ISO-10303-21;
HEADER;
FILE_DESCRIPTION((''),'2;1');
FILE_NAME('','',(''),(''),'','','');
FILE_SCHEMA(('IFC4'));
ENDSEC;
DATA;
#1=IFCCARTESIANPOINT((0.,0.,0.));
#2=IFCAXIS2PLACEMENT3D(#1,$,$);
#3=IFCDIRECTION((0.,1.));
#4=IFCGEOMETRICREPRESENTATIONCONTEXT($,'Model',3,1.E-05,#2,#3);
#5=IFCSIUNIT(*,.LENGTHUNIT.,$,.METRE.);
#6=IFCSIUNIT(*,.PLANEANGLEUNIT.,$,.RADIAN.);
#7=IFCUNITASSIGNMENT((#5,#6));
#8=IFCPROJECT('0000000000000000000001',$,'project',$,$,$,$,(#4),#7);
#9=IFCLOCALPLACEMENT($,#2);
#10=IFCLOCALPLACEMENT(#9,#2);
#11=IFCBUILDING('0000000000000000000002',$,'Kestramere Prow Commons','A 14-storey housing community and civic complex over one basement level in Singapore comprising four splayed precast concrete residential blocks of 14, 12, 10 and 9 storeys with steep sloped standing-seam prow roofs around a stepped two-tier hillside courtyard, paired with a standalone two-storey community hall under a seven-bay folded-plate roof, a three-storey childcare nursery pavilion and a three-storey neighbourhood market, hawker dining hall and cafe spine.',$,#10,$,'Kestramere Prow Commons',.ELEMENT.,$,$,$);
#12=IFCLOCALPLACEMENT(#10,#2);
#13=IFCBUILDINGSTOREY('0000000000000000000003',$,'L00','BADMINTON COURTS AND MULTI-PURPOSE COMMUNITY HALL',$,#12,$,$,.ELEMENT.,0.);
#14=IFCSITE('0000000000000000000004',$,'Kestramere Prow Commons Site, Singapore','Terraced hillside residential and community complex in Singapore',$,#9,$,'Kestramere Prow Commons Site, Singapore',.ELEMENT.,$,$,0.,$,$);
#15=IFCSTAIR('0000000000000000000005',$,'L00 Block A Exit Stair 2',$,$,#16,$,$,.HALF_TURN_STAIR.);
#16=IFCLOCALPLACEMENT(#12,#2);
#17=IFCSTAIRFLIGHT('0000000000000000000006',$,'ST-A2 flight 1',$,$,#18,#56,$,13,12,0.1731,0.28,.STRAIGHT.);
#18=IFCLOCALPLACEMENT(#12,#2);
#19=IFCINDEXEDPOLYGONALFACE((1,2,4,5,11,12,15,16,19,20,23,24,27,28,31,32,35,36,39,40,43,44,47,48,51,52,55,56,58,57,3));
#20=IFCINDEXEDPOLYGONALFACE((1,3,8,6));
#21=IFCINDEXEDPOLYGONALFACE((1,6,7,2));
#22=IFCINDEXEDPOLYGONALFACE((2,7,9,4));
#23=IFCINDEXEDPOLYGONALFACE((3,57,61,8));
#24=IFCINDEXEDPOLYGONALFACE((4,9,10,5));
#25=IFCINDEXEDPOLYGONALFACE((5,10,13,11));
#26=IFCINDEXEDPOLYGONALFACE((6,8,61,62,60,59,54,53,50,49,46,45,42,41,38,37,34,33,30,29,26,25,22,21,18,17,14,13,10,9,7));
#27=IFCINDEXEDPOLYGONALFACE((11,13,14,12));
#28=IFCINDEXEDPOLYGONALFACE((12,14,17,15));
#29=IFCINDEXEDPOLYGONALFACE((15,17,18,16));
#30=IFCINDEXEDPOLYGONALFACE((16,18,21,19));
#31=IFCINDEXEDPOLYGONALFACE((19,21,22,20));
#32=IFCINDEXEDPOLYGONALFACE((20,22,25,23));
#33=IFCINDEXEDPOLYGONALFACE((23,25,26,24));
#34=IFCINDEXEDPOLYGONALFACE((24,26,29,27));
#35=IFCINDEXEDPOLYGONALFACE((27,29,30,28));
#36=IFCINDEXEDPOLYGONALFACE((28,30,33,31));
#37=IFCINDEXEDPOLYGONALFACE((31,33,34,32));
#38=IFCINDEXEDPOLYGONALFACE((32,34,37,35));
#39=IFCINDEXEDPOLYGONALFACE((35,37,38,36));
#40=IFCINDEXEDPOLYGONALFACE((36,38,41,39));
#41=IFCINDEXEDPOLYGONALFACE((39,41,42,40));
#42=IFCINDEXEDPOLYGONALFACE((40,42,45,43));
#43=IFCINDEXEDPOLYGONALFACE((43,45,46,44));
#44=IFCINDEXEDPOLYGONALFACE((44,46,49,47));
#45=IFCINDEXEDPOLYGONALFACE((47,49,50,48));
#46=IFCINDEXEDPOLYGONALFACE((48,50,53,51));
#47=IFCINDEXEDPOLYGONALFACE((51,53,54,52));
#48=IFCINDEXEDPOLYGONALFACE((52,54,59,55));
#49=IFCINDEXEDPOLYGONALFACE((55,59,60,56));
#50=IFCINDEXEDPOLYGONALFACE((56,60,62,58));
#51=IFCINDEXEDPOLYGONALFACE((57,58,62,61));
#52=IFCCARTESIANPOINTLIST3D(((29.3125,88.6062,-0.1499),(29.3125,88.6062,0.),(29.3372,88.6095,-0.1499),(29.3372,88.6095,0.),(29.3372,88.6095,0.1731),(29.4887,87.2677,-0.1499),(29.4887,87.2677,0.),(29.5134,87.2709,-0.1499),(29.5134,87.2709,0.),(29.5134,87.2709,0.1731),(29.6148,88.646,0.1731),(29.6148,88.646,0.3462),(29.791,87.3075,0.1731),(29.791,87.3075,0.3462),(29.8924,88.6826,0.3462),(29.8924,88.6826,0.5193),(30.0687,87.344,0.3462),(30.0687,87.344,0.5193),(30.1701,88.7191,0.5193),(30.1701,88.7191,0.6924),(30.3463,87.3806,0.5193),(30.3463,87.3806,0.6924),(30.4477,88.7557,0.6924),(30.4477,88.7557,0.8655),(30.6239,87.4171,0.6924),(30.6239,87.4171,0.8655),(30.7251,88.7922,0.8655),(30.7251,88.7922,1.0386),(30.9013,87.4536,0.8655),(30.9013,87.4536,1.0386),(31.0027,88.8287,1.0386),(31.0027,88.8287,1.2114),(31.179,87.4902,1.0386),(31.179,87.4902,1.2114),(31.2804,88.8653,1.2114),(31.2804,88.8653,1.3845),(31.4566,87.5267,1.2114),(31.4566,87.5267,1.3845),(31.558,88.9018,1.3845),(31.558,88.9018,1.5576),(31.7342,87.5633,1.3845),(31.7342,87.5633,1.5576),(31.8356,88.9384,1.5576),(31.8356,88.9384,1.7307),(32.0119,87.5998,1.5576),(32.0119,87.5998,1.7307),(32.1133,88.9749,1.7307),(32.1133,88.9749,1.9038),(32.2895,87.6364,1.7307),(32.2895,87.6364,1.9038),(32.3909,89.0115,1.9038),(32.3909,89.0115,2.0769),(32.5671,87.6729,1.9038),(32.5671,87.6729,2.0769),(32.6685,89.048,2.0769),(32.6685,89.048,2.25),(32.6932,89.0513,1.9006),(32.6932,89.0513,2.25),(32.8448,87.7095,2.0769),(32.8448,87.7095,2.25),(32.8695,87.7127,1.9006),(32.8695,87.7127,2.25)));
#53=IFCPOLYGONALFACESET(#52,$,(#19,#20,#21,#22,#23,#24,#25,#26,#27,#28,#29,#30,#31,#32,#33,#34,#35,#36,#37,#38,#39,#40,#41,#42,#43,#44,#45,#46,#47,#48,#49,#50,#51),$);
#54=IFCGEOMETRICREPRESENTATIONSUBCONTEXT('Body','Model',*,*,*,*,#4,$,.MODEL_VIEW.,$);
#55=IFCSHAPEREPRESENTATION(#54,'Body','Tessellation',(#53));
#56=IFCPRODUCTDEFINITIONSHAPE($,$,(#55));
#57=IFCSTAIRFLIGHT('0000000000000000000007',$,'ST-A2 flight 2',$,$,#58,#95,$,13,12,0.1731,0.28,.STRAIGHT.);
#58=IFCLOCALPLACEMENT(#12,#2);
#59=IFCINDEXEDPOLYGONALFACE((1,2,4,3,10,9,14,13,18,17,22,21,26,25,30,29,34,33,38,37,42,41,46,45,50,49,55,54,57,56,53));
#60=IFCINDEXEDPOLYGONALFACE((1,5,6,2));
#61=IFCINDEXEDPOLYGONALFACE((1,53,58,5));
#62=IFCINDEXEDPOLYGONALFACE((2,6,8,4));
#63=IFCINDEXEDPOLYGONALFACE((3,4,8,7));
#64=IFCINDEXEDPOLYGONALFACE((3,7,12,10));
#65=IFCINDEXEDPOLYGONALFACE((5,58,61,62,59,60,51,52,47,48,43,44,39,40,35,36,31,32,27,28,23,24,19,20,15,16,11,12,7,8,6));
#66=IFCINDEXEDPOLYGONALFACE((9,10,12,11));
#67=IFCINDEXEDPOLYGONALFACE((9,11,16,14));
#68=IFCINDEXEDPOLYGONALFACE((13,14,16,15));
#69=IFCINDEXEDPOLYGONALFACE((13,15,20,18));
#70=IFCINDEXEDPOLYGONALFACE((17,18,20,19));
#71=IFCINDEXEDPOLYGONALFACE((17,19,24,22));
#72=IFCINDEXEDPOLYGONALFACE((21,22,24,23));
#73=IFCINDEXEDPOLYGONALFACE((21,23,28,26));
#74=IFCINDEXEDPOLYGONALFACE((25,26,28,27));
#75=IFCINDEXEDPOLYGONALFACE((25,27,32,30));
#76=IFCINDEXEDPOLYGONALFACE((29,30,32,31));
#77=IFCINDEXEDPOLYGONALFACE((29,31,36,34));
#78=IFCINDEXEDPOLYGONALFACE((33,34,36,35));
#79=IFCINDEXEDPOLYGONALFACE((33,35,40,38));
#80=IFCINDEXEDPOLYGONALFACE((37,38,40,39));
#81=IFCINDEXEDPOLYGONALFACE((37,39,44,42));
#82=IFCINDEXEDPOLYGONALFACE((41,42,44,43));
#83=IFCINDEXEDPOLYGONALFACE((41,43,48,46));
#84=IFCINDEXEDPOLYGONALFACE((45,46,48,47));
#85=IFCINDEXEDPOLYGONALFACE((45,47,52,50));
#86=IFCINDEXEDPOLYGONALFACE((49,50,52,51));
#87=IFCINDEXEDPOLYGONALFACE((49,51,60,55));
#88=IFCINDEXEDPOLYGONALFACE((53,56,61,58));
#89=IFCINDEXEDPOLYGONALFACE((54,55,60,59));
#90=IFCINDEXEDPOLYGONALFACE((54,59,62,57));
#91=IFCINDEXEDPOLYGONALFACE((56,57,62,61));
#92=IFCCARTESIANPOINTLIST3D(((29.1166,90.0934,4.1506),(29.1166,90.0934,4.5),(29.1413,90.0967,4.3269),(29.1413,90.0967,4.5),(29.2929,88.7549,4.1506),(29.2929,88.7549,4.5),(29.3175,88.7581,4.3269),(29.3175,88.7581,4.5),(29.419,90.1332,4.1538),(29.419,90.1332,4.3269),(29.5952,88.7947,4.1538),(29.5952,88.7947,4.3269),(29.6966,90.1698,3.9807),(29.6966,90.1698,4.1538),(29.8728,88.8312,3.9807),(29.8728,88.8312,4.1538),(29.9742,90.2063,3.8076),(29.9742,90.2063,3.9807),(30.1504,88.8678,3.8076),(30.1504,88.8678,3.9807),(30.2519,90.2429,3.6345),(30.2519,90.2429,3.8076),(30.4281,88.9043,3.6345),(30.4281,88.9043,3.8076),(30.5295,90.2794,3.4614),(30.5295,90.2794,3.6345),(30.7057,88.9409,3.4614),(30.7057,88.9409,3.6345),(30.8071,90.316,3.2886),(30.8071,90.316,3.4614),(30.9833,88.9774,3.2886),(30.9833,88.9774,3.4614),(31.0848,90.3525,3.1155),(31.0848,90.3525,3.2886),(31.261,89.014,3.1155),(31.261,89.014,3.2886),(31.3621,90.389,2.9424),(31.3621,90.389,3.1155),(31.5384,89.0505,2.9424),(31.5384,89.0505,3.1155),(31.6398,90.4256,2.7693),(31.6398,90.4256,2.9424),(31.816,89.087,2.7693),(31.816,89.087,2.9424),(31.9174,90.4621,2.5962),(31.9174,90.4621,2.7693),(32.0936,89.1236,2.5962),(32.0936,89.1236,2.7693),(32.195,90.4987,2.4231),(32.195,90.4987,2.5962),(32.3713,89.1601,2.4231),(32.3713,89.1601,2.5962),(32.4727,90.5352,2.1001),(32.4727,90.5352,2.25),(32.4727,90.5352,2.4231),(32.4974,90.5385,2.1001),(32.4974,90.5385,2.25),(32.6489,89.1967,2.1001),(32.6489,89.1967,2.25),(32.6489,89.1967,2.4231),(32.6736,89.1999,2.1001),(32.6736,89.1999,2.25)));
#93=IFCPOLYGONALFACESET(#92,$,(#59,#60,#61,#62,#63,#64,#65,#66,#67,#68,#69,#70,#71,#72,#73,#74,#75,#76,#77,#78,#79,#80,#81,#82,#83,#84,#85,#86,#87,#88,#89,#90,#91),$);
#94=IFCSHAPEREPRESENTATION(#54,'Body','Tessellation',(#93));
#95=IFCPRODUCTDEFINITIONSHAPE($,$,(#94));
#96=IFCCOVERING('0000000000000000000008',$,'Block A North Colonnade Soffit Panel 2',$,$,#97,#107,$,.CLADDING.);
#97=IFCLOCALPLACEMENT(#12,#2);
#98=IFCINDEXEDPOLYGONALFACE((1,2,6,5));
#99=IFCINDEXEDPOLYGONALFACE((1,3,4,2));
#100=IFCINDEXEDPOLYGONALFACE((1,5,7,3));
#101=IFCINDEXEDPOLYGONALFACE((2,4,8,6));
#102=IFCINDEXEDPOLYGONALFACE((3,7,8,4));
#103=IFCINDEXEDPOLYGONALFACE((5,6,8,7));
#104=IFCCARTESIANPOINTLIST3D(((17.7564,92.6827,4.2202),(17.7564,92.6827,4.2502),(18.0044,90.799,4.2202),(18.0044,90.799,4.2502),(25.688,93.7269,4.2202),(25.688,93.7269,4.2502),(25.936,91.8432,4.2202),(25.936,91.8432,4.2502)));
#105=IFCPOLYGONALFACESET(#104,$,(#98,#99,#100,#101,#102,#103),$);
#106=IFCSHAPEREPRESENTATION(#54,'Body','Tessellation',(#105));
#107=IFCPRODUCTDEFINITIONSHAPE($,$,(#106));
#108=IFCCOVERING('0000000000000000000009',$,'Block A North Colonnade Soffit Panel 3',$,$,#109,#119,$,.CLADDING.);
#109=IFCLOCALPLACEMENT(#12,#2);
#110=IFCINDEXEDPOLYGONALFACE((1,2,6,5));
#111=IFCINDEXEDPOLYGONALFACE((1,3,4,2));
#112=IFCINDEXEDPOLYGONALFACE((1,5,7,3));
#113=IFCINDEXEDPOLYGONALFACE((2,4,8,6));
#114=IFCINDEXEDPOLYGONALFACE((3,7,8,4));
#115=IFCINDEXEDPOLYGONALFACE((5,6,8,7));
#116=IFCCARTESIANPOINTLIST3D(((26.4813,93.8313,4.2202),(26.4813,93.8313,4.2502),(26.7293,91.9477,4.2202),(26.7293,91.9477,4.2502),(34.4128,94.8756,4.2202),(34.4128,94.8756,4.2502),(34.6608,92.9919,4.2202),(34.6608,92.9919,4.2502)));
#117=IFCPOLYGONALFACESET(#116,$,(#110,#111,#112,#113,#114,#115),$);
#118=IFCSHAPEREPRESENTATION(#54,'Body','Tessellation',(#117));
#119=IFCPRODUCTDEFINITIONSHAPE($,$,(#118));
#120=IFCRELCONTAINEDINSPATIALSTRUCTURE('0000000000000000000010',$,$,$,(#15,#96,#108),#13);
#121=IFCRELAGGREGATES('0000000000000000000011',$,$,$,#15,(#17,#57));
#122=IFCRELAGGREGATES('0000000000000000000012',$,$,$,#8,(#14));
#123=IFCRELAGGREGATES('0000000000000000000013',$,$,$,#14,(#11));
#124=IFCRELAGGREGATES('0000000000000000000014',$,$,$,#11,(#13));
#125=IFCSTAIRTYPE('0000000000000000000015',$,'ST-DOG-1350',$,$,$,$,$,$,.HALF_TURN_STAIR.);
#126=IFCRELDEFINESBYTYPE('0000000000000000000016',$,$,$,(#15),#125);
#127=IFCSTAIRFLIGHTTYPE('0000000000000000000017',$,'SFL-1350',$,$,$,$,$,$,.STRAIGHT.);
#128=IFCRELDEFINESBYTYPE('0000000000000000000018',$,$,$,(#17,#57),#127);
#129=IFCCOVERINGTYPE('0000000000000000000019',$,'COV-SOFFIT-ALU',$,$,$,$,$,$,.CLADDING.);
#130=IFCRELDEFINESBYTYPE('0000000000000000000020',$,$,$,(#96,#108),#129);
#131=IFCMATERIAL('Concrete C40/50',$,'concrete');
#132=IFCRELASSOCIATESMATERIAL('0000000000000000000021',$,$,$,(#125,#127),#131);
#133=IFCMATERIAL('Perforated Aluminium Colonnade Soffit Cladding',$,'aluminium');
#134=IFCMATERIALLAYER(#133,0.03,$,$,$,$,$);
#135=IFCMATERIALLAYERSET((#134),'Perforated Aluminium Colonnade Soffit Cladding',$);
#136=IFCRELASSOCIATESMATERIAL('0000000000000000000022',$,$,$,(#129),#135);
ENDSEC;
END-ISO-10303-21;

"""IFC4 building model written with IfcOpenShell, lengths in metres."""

from ifc_helpers import new_model, si_unit, direction, frame, origin, origin_2d, place, context, subcontext, project, spatial, polyline, rectangle, outline, extrude, material, layer, layer_set, type_object, element, aggregate, save


model = new_model("IFC4")

# Units and contexts
model_context = context("Model", 3, precision=1e-05, world=origin(), true_north=direction((0.0, 1.0)))
body_context = subcontext(model_context, "Body", "Model", "MODEL_VIEW")
ifc_project = project(units=[si_unit("LENGTHUNIT", "METRE"), si_unit("PLANEANGLEUNIT", "RADIAN")], contexts=[model_context])

# Site, building, storey
site_placement = place(None, origin())
site = spatial("IfcSite", under=ifc_project, at=site_placement, Name="Kestramere Prow Commons Site, Singapore", Description="Terraced hillside residential and community complex in Singapore", LongName="Kestramere Prow Commons Site, Singapore", CompositionType="ELEMENT", RefElevation=0.0)
building_placement = place(site_placement, origin())
building = spatial("IfcBuilding", under=site, at=building_placement, Name="Kestramere Prow Commons", Description="A 14-storey housing community and civic complex over one basement level in Singapore comprising four splayed precast concrete residential blocks of 14, 12, 10 and 9 storeys with steep sloped standing-seam prow roofs around a stepped two-tier hillside courtyard, paired with a standalone two-storey community hall under a seven-bay folded-plate roof, a three-storey childcare nursery pavilion and a three-storey neighbourhood market, hawker dining hall and cafe spine.", LongName="Kestramere Prow Commons", CompositionType="ELEMENT")
storey_placement = place(building_placement, origin())
storey = spatial("IfcBuildingStorey", under=building, at=storey_placement, Name="L00", Description="BADMINTON COURTS AND MULTI-PURPOSE COMMUNITY HALL", CompositionType="ELEMENT", Elevation=0.0)

# Shared definitions
ifc_material_1 = material(Name="Concrete C40/50", Category="concrete")

# Shared definitions
stair_type = type_object("IfcStairType", Name="ST-DOG-1350", PredefinedType="HALF_TURN_STAIR", material=ifc_material_1)
stair_flight_type = type_object("IfcStairFlightType", Name="SFL-1350", PredefinedType="STRAIGHT", material=ifc_material_1)

# Stair, stair flights
stair_1_placement = place(storey_placement, origin())
stair_1 = element("IfcStair", 1, at=stair_1_placement, inside=storey, type_object=stair_type, Name="L00 Block A Exit Stair 2", PredefinedType="HALF_TURN_STAIR")
stair_flight_1_placement = place(storey_placement, frame((29.4253, 87.9402, 0.0), z_axis=(0.0, 0.0, 1.0), x_axis=(0.991445, 0.130526, 0.0)))
stair_flight_1 = element("IfcStairFlight", 2, at=stair_flight_1_placement, type_object=stair_flight_type, Name="ST-A2 flight 1", NumberOfRisers=13, NumberOfTreads=12, PredefinedType="STRAIGHT", RiserHeight=0.1731, TreadLength=0.28, context=body_context, shape_type="SweptSolid", body=[
    extrude(outline(polyline([(-0.0249, 0.0), (0.0, 0.0), (0.0, 0.1731), (0.28, 0.1731), (0.28, 0.3462), (0.5601, 0.3462), (0.5601, 0.5193), (0.8401, 0.5193), (0.8401, 0.6924), (1.1201, 0.6924), (1.1201, 0.8655), (1.3999, 0.8655), (1.3999, 1.0386), (1.6799, 1.0386), (1.6799, 1.2114), (1.96, 1.2114), (1.96, 1.3845), (2.24, 1.3845), (2.24, 1.5576), (2.52, 1.5576), (2.52, 1.7307), (2.8, 1.7307), (2.8, 1.9038), (3.0801, 1.9038), (3.0801, 2.0769), (3.3601, 2.0769), (3.3601, 2.25), (3.385, 2.25), (3.385, 1.9006), (0.0, -0.1499), (-0.0249, -0.1499), (-0.0249, 0.0)])), frame((0.0, 0.675, 0.0), z_axis=(0.0, -1.0, 0.0), x_axis=(1.0, 0.0, 0.0)), (0.0, 0.0, 1.0), 1.3501),
])
stair_flight_2_placement = place(storey_placement, frame((32.5608, 89.866, 2.25), z_axis=(0.0, 0.0, 1.0), x_axis=(-0.991445, -0.130526, 0.0)))
stair_flight_2 = element("IfcStairFlight", 3, at=stair_flight_2_placement, type_object=stair_flight_type, Name="ST-A2 flight 2", NumberOfRisers=13, NumberOfTreads=12, PredefinedType="STRAIGHT", RiserHeight=0.1731, TreadLength=0.28, context=body_context, shape_type="SweptSolid", body=[
    extrude(outline(polyline([(-0.0249, 0.0), (0.0, 0.0), (0.0, 0.1731), (0.28, 0.1731), (0.28, 0.3462), (0.5601, 0.3462), (0.5601, 0.5193), (0.8401, 0.5193), (0.8401, 0.6924), (1.1201, 0.6924), (1.1201, 0.8655), (1.3999, 0.8655), (1.3999, 1.0386), (1.6799, 1.0386), (1.6799, 1.2114), (1.96, 1.2114), (1.96, 1.3845), (2.24, 1.3845), (2.24, 1.5576), (2.52, 1.5576), (2.52, 1.7307), (2.8, 1.7307), (2.8, 1.9038), (3.0801, 1.9038), (3.0801, 2.0769), (3.3601, 2.0769), (3.3601, 2.25), (3.385, 2.25), (3.385, 1.9006), (0.0, -0.1499), (-0.0249, -0.1499), (-0.0249, 0.0)])), frame((0.0, 0.675, 0.0), z_axis=(0.0, -1.0, 0.0), x_axis=(1.0, 0.0, 0.0)), (0.0, 0.0, 1.0), 1.3501),
])
aggregate(stair_1, [stair_flight_1, stair_flight_2])

# Coverings
ifc_material_2 = material(Name="Perforated Aluminium Colonnade Soffit Cladding", Category="aluminium")
ifc_layer_1 = layer(ifc_material_2, 0.03)
ifc_layer_set_1 = layer_set([ifc_layer_1], Name="Perforated Aluminium Colonnade Soffit Cladding")
covering_type = type_object("IfcCoveringType", Name="COV-SOFFIT-ALU", PredefinedType="CLADDING", material=ifc_layer_set_1)
for number, where, z_axis, x_axis, name in (
    (4, (21.8462, 92.2629, 4.2202), (0.0, 0.0, 1.0), (0.991445, 0.130526, 0.0), "Block A North Colonnade Soffit Panel 2"),
    (5, (30.571, 93.4116, 4.2202), (0.0, 0.0, 1.0), (0.991445, 0.130526, 0.0), "Block A North Colonnade Soffit Panel 3"),
):
    element("IfcCovering", number, at=place(storey_placement, frame(where, z_axis=z_axis, x_axis=x_axis)), inside=storey, type_object=covering_type, Name=name, PredefinedType="CLADDING", context=body_context, shape_type="SweptSolid", body=[
        extrude(rectangle(XDim=8.0, YDim=1.8999, at=origin_2d()), origin(), (0.0, 0.0, 1.0), 0.03),
    ])

save(model, "model.ifc")
